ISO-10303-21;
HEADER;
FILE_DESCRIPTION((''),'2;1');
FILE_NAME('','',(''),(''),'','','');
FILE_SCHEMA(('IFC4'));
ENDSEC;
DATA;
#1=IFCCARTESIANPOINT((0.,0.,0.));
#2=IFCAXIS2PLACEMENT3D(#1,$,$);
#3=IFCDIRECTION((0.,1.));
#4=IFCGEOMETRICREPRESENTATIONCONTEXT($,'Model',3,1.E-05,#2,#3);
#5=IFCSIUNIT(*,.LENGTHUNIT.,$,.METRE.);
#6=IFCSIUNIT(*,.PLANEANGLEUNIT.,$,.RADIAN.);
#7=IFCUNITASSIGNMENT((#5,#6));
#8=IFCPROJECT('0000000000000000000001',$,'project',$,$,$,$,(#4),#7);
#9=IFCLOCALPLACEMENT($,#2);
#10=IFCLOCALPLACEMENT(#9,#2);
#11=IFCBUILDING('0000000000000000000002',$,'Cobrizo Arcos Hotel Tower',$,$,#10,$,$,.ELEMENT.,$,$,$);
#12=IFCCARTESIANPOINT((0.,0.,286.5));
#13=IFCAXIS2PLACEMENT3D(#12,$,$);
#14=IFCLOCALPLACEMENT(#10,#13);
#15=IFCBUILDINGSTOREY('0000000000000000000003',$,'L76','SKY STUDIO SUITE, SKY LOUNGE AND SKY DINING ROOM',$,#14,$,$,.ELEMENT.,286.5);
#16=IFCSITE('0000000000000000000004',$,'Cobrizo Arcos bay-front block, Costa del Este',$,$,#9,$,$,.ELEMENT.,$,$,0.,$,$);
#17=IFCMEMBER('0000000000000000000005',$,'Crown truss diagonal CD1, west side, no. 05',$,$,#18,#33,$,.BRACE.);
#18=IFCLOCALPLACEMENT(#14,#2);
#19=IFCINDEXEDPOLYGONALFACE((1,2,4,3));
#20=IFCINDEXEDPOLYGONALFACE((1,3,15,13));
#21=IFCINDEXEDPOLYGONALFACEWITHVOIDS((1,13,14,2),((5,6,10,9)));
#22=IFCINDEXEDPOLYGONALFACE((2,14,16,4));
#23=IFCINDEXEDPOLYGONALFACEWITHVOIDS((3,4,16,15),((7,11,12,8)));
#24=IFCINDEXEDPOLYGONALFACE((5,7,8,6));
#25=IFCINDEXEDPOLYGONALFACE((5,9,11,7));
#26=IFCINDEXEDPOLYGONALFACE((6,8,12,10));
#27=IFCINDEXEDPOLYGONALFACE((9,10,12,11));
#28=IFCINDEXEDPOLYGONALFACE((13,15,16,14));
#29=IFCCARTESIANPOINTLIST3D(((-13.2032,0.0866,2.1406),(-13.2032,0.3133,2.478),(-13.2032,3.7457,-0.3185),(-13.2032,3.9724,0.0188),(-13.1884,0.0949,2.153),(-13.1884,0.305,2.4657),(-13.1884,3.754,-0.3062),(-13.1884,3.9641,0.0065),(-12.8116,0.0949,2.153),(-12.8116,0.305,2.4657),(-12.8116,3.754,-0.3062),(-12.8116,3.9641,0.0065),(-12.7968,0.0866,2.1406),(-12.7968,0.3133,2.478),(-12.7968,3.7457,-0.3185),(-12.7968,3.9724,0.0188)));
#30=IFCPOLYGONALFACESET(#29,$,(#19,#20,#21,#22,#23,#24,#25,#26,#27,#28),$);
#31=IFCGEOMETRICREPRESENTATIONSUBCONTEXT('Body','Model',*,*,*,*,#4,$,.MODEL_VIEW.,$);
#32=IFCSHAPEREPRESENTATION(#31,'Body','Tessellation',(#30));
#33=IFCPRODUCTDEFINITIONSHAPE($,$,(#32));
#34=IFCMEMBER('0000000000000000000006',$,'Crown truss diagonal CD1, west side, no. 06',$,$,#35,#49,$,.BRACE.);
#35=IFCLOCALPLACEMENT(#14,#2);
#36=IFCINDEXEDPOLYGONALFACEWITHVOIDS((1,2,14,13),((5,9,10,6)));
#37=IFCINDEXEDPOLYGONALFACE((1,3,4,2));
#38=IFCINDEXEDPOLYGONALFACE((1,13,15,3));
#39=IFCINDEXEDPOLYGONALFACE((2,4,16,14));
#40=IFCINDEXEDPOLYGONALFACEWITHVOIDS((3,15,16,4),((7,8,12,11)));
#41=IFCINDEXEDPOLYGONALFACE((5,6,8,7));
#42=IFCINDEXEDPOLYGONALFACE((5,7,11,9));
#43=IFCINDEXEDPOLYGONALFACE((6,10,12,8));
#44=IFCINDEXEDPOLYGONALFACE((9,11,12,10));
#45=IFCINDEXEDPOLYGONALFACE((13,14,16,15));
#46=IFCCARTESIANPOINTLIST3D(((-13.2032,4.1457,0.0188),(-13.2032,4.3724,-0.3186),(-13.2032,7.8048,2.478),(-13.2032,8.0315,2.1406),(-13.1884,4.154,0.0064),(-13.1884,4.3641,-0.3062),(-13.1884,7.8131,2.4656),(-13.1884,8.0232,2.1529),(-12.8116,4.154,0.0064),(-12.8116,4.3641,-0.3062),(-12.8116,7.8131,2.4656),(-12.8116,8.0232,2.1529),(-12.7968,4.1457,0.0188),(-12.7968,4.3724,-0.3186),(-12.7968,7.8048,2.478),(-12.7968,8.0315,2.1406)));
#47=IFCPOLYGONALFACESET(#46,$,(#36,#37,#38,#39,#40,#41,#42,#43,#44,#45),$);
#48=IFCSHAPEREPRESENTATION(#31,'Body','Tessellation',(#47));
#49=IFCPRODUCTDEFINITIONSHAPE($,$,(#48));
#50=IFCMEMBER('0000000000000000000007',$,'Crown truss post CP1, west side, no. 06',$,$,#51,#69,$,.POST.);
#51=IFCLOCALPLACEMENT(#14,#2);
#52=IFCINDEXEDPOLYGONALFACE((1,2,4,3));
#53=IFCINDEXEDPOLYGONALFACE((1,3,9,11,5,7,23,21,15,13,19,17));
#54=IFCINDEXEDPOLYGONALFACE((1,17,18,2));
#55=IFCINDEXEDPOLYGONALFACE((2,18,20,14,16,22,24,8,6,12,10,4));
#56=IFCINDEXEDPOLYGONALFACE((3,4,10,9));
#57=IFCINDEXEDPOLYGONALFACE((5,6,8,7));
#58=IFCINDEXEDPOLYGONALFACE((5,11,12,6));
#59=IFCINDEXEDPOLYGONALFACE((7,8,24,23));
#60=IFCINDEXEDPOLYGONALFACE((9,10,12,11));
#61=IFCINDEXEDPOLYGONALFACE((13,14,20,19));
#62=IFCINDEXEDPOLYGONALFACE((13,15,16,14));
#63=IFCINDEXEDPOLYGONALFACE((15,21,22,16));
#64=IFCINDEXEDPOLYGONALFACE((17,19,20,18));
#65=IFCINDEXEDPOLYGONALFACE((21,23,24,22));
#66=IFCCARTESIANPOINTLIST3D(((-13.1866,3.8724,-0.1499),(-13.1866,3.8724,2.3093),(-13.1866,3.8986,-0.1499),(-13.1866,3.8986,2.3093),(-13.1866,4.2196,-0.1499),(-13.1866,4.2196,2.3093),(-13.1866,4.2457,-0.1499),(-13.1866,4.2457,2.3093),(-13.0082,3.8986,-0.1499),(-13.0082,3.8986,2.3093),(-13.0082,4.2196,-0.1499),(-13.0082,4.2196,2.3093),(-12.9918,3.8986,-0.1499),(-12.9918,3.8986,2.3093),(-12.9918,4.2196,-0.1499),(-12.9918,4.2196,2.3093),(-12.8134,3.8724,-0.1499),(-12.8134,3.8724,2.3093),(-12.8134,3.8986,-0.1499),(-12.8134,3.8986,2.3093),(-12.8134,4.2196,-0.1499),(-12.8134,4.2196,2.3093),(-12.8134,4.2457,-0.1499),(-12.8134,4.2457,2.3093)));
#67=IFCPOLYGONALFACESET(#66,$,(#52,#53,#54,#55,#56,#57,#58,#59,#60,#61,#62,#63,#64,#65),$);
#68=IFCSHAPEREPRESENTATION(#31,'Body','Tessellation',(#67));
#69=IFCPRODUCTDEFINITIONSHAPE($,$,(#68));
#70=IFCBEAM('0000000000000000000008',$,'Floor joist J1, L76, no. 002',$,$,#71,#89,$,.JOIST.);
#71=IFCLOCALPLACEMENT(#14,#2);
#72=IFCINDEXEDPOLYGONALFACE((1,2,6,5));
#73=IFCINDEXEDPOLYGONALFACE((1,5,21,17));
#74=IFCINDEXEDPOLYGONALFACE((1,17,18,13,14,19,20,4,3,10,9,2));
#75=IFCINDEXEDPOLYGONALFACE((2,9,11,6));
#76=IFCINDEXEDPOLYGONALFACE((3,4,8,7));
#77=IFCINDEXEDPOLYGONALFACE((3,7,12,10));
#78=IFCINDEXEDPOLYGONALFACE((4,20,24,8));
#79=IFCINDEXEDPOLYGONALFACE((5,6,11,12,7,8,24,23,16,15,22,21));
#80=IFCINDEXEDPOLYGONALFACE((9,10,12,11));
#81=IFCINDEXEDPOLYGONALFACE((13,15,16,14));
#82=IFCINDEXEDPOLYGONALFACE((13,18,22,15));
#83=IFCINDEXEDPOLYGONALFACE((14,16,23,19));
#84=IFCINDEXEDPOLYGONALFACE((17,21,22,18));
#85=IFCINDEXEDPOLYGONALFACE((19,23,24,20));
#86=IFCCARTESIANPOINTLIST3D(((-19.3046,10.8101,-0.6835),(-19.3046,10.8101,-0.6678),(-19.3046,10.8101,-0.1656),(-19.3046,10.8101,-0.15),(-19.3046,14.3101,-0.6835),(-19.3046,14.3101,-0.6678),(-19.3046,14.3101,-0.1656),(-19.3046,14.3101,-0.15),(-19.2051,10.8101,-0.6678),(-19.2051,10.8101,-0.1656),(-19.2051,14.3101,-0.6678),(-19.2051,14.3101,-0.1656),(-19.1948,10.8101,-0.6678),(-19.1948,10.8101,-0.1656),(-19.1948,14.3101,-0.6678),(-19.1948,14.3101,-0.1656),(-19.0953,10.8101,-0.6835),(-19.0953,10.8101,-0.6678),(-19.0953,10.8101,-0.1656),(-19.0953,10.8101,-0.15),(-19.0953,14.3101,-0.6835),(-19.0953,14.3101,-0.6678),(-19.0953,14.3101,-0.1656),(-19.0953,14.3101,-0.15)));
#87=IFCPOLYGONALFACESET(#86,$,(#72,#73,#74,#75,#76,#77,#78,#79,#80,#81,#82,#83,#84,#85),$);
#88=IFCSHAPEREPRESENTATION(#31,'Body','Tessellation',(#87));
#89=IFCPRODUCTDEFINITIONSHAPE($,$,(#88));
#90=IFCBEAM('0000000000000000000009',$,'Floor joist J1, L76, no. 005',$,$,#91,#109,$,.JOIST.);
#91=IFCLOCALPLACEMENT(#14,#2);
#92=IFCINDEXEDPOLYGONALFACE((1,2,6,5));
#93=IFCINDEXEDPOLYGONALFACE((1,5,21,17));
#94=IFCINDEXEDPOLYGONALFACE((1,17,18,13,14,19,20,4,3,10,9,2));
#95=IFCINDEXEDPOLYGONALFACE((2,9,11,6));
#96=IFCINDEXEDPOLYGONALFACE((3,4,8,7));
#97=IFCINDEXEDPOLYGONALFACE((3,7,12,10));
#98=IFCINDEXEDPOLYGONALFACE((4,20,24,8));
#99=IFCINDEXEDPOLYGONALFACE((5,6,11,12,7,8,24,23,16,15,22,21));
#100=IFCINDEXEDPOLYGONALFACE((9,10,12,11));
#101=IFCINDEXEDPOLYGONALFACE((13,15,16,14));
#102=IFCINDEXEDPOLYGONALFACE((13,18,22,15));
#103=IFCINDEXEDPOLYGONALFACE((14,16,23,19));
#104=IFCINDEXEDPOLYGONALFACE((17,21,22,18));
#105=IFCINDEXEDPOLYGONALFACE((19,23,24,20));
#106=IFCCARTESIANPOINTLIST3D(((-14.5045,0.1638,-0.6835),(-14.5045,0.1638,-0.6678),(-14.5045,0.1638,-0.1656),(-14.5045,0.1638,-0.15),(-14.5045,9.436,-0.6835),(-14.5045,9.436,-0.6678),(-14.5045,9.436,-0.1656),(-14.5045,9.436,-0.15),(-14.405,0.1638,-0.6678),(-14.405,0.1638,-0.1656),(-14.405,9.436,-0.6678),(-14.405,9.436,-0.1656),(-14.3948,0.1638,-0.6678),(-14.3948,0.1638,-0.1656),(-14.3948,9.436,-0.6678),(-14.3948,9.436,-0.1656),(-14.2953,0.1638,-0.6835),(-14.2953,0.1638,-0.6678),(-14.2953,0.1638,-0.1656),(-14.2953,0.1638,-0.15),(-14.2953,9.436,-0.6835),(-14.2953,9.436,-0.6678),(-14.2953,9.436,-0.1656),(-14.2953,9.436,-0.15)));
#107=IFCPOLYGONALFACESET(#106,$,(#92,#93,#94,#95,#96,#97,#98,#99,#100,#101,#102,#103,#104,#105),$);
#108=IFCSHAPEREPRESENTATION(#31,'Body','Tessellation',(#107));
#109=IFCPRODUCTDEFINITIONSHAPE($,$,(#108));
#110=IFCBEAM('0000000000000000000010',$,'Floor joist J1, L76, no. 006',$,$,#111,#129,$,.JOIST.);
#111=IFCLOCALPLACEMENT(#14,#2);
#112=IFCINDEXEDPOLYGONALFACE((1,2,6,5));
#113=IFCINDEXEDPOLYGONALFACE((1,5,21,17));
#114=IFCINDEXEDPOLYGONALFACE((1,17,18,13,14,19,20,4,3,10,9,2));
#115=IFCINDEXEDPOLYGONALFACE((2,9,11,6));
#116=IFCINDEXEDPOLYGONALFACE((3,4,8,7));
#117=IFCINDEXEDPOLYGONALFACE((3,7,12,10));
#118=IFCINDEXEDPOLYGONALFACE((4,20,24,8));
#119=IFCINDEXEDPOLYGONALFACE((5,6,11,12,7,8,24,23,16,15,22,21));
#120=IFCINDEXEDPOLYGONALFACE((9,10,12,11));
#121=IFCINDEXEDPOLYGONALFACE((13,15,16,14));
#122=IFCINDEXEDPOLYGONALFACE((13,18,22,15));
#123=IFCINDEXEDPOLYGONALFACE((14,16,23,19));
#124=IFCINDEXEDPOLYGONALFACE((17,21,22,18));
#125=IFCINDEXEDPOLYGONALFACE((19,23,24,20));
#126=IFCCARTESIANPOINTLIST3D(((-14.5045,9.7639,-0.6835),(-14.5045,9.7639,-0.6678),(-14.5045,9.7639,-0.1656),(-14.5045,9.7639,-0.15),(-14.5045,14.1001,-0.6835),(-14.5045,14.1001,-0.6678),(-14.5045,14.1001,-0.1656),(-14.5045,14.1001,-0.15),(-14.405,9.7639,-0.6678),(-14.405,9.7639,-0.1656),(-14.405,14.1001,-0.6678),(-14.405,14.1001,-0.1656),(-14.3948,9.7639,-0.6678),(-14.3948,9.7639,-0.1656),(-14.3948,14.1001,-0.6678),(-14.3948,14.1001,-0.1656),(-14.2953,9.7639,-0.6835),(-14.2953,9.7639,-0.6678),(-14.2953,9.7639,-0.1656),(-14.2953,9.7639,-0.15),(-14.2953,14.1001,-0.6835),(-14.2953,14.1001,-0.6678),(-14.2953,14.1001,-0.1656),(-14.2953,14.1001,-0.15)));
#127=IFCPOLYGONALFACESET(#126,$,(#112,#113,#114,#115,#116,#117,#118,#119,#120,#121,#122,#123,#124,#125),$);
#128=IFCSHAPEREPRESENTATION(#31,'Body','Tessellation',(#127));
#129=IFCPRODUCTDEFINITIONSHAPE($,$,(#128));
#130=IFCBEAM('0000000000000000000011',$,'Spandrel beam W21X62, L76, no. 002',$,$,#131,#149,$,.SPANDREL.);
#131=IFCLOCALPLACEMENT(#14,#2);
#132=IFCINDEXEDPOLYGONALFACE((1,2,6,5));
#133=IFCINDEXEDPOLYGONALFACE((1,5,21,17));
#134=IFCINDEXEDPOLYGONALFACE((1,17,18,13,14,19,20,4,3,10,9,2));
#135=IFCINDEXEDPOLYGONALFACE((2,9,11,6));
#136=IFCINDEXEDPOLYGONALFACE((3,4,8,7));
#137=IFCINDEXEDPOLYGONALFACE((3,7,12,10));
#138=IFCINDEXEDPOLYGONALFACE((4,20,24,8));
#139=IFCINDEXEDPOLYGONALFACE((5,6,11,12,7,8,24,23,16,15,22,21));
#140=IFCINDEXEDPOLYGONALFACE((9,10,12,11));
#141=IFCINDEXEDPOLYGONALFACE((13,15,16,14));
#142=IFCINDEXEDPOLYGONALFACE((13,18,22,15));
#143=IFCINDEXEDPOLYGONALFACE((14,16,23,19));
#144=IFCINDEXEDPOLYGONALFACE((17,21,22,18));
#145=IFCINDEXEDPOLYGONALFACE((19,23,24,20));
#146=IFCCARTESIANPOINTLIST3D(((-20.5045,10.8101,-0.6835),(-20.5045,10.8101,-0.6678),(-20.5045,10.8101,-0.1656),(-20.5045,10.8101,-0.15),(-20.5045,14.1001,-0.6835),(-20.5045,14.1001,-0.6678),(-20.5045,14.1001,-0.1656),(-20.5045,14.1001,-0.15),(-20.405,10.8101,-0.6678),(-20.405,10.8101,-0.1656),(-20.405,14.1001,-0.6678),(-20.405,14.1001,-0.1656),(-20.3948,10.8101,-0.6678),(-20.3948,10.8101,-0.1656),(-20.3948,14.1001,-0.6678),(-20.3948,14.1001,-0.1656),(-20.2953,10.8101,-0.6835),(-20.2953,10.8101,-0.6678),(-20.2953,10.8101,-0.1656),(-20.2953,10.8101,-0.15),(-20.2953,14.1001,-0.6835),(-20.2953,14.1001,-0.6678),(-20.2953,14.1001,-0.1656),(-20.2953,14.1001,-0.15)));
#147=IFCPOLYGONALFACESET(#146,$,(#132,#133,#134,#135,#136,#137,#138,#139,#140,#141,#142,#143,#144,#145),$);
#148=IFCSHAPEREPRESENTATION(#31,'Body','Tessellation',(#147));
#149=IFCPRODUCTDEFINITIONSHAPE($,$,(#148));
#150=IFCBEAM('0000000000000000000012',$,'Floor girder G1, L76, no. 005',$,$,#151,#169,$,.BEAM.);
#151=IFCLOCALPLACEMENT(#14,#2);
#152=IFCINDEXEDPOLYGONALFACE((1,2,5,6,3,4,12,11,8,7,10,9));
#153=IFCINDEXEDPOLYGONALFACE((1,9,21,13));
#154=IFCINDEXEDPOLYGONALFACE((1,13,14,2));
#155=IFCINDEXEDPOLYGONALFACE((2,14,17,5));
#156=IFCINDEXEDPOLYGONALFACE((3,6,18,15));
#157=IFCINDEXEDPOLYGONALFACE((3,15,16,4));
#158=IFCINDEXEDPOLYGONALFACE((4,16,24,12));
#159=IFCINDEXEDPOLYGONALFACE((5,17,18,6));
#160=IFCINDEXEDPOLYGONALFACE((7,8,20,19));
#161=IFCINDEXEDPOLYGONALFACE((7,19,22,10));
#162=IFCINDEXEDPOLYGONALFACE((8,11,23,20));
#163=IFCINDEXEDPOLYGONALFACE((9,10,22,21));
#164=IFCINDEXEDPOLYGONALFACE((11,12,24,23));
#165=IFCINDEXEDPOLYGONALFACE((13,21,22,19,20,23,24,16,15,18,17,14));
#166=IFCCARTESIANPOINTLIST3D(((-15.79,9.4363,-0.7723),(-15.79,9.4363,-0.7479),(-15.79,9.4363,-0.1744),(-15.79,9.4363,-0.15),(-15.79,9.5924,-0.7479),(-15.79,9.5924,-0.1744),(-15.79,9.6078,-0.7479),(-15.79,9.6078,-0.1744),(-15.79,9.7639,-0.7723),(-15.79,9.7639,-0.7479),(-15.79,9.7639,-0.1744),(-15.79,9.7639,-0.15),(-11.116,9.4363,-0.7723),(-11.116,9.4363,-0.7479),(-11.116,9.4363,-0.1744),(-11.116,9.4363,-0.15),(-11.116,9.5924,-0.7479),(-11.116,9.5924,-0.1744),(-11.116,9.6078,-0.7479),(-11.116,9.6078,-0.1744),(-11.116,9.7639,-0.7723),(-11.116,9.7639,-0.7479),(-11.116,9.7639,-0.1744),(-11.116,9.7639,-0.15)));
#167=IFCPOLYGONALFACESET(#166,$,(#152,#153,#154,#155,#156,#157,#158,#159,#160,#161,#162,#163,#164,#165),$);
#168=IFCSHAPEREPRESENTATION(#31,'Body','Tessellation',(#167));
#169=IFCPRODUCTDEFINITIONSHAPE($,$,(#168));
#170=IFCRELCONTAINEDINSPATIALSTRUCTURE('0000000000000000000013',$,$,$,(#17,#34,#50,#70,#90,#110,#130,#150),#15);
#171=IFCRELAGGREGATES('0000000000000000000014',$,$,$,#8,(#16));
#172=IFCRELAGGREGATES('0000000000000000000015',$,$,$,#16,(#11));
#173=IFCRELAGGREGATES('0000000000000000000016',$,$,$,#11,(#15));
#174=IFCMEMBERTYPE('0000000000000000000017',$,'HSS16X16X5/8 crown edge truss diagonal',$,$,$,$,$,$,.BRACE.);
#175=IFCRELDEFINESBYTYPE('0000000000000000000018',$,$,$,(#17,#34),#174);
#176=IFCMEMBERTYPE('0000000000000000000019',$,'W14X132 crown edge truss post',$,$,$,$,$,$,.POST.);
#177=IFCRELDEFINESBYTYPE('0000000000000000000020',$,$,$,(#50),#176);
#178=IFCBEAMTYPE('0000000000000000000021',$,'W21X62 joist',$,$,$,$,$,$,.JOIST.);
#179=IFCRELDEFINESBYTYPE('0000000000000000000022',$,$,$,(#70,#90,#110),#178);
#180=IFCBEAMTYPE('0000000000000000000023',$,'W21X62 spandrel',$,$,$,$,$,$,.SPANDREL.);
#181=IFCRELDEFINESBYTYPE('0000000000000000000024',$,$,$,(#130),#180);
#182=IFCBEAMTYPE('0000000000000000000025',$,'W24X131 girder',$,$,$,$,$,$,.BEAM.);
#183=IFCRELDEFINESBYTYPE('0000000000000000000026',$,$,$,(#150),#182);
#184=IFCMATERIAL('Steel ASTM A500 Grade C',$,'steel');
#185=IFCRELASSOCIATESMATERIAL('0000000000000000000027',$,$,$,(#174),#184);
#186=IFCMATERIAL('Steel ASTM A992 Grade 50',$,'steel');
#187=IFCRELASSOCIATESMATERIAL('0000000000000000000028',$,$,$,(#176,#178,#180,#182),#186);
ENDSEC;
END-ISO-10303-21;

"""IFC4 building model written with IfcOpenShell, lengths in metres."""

from ifc_helpers import new_model, si_unit, direction, frame, origin, origin_2d, place, context, subcontext, project, spatial, hollow_rectangle, i_section, extrude, material, material_profile, profile_set, type_object, element, save


model = new_model("IFC4")

# Units and contexts
model_context = context("Model", 3, precision=1e-05, world=origin(), true_north=direction((0.0, 1.0)))
body_context = subcontext(model_context, "Body", "Model", "MODEL_VIEW")
ifc_project = project(units=[si_unit("LENGTHUNIT", "METRE"), si_unit("PLANEANGLEUNIT", "RADIAN")], contexts=[model_context])

# Site, building, storey
site_placement = place(None, origin())
site = spatial("IfcSite", under=ifc_project, at=site_placement, Name="Cobrizo Arcos bay-front block, Costa del Este", CompositionType="ELEMENT", RefElevation=0.0)
building_placement = place(site_placement, origin())
building = spatial("IfcBuilding", under=site, at=building_placement, Name="Cobrizo Arcos Hotel Tower", CompositionType="ELEMENT")
storey_placement = place(building_placement, frame((0.0, 0.0, 286.5)))
storey = spatial("IfcBuildingStorey", under=building, at=storey_placement, Name="L76", Description="SKY STUDIO SUITE, SKY LOUNGE AND SKY DINING ROOM", CompositionType="ELEMENT", Elevation=286.5)

# Members
ifc_material_1 = material(Name="Steel ASTM A500 Grade C", Category="steel")
ifc_material_profile_1 = material_profile(ifc_material_1, hollow_rectangle(XDim=0.4065, YDim=0.4065, WallThickness=0.0149, at=origin_2d()), Name="HSS16X16X5/8")
ifc_profile_set_1 = profile_set([ifc_material_profile_1], Name="Steel ASTM A500 Grade C")
member_type_1 = type_object("IfcMemberType", Name="HSS16X16X5/8 crown edge truss diagonal", PredefinedType="BRACE", material=ifc_profile_set_1)
for number, where, z_axis, x_axis, name in (
    (1, (-13.0, 0.2, 2.3093), (0.0, 0.829974, -0.557802), (-1.0, 0.0, 0.0), "Crown truss diagonal CD1, west side, no. 05"),
    (2, (-13.0, 4.259, -0.1499), (0.0, 0.829974, 0.557802), (-1.0, 0.0, 0.0), "Crown truss diagonal CD1, west side, no. 06"),
):
    element("IfcMember", number, at=place(storey_placement, frame(where, z_axis=z_axis, x_axis=x_axis)), inside=storey, type_object=member_type_1, Name=name, PredefinedType="BRACE", context=body_context, shape_type="SweptSolid", body=[
        extrude(hollow_rectangle(XDim=0.4065, YDim=0.4065, WallThickness=0.0149, at=origin_2d()), origin(), (0.0, 0.0, 1.0), 4.4087),
    ])
ifc_material_2 = material(Name="Steel ASTM A992 Grade 50", Category="steel")
ifc_material_profile_2 = material_profile(ifc_material_2, i_section(OverallWidth=0.3733, OverallDepth=0.3733, WebThickness=0.0164, FlangeThickness=0.0261, at=origin_2d()), Name="W14X132")
ifc_profile_set_2 = profile_set([ifc_material_profile_2], Name="Steel ASTM A992 Grade 50")
member_type_2 = type_object("IfcMemberType", Name="W14X132 crown edge truss post", PredefinedType="POST", material=ifc_profile_set_2)
member_1_placement = place(storey_placement, frame((-13.0, 4.0591, -0.1499), z_axis=(0.0, 0.0, 1.0), x_axis=(1.0, 0.0, 0.0)))
element("IfcMember", 3, at=member_1_placement, inside=storey, type_object=member_type_2, Name="Crown truss post CP1, west side, no. 06", PredefinedType="POST", context=body_context, shape_type="SweptSolid", body=[
    extrude(i_section(OverallWidth=0.3733, OverallDepth=0.3733, WebThickness=0.0164, FlangeThickness=0.0261, at=origin_2d()), origin(), (0.0, 0.0, 1.0), 2.4592),
])

# Beams
ifc_material_profile_3 = material_profile(ifc_material_2, i_section(OverallWidth=0.2092, OverallDepth=0.5334, WebThickness=0.0103, FlangeThickness=0.0156, at=origin_2d()), Name="W21X62")
ifc_profile_set_3 = profile_set([ifc_material_profile_3], Name="Steel ASTM A992 Grade 50")
beam_type_1 = type_object("IfcBeamType", Name="W21X62 joist", PredefinedType="JOIST", material=ifc_profile_set_3)
beam_1_placement = place(storey_placement, frame((-19.2, 10.8101, -0.4167), z_axis=(0.0, 1.0, 0.0), x_axis=(-1.0, 0.0, 0.0)))
element("IfcBeam", 4, at=beam_1_placement, inside=storey, type_object=beam_type_1, Name="Floor joist J1, L76, no. 002", PredefinedType="JOIST", context=body_context, shape_type="SweptSolid", body=[
    extrude(i_section(OverallWidth=0.2092, OverallDepth=0.5334, WebThickness=0.0103, FlangeThickness=0.0156, at=origin_2d()), origin(), (0.0, 0.0, 1.0), 3.5),
])
beam_2_placement = place(storey_placement, frame((-14.3999, 0.1638, -0.4167), z_axis=(0.0, 1.0, 0.0), x_axis=(-1.0, 0.0, 0.0)))
element("IfcBeam", 5, at=beam_2_placement, inside=storey, type_object=beam_type_1, Name="Floor joist J1, L76, no. 005", PredefinedType="JOIST", context=body_context, shape_type="SweptSolid", body=[
    extrude(i_section(OverallWidth=0.2092, OverallDepth=0.5334, WebThickness=0.0103, FlangeThickness=0.0156, at=origin_2d()), origin(), (0.0, 0.0, 1.0), 9.2722),
])
beam_3_placement = place(storey_placement, frame((-14.3999, 9.7639, -0.4167), z_axis=(0.0, 1.0, 0.0), x_axis=(-1.0, 0.0, 0.0)))
element("IfcBeam", 6, at=beam_3_placement, inside=storey, type_object=beam_type_1, Name="Floor joist J1, L76, no. 006", PredefinedType="JOIST", context=body_context, shape_type="SweptSolid", body=[
    extrude(i_section(OverallWidth=0.2092, OverallDepth=0.5334, WebThickness=0.0103, FlangeThickness=0.0156, at=origin_2d()), origin(), (0.0, 0.0, 1.0), 4.3362),
])
ifc_material_profile_4 = material_profile(ifc_material_2, i_section(OverallWidth=0.2092, OverallDepth=0.5334, WebThickness=0.0103, FlangeThickness=0.0156, at=origin_2d()), Name="W21X62")
ifc_profile_set_4 = profile_set([ifc_material_profile_4], Name="Steel ASTM A992 Grade 50")
beam_type_2 = type_object("IfcBeamType", Name="W21X62 spandrel", PredefinedType="SPANDREL", material=ifc_profile_set_4)
beam_4_placement = place(storey_placement, frame((-20.3999, 10.8101, -0.4167), z_axis=(0.0, 1.0, 0.0), x_axis=(-1.0, 0.0, 0.0)))
element("IfcBeam", 7, at=beam_4_placement, inside=storey, type_object=beam_type_2, Name="Spandrel beam W21X62, L76, no. 002", PredefinedType="SPANDREL", context=body_context, shape_type="SweptSolid", body=[
    extrude(i_section(OverallWidth=0.2092, OverallDepth=0.5334, WebThickness=0.0103, FlangeThickness=0.0156, at=origin_2d()), origin(), (0.0, 0.0, 1.0), 3.29),
])
ifc_material_profile_5 = material_profile(ifc_material_2, i_section(OverallWidth=0.3276, OverallDepth=0.6223, WebThickness=0.0154, FlangeThickness=0.0244, at=origin_2d()), Name="W24X131")
ifc_profile_set_5 = profile_set([ifc_material_profile_5], Name="Steel ASTM A992 Grade 50")
beam_type_3 = type_object("IfcBeamType", Name="W24X131 girder", PredefinedType="BEAM", material=ifc_profile_set_5)
beam_5_placement = place(storey_placement, frame((-15.79, 9.6001, -0.4612), z_axis=(1.0, 0.0, 0.0), x_axis=(0.0, 1.0, 0.0)))
element("IfcBeam", 8, at=beam_5_placement, inside=storey, type_object=beam_type_3, Name="Floor girder G1, L76, no. 005", PredefinedType="BEAM", context=body_context, shape_type="SweptSolid", body=[
    extrude(i_section(OverallWidth=0.3276, OverallDepth=0.6223, WebThickness=0.0154, FlangeThickness=0.0244, at=origin_2d()), origin(), (0.0, 0.0, 1.0), 4.6741),
])

save(model, "model.ifc")
